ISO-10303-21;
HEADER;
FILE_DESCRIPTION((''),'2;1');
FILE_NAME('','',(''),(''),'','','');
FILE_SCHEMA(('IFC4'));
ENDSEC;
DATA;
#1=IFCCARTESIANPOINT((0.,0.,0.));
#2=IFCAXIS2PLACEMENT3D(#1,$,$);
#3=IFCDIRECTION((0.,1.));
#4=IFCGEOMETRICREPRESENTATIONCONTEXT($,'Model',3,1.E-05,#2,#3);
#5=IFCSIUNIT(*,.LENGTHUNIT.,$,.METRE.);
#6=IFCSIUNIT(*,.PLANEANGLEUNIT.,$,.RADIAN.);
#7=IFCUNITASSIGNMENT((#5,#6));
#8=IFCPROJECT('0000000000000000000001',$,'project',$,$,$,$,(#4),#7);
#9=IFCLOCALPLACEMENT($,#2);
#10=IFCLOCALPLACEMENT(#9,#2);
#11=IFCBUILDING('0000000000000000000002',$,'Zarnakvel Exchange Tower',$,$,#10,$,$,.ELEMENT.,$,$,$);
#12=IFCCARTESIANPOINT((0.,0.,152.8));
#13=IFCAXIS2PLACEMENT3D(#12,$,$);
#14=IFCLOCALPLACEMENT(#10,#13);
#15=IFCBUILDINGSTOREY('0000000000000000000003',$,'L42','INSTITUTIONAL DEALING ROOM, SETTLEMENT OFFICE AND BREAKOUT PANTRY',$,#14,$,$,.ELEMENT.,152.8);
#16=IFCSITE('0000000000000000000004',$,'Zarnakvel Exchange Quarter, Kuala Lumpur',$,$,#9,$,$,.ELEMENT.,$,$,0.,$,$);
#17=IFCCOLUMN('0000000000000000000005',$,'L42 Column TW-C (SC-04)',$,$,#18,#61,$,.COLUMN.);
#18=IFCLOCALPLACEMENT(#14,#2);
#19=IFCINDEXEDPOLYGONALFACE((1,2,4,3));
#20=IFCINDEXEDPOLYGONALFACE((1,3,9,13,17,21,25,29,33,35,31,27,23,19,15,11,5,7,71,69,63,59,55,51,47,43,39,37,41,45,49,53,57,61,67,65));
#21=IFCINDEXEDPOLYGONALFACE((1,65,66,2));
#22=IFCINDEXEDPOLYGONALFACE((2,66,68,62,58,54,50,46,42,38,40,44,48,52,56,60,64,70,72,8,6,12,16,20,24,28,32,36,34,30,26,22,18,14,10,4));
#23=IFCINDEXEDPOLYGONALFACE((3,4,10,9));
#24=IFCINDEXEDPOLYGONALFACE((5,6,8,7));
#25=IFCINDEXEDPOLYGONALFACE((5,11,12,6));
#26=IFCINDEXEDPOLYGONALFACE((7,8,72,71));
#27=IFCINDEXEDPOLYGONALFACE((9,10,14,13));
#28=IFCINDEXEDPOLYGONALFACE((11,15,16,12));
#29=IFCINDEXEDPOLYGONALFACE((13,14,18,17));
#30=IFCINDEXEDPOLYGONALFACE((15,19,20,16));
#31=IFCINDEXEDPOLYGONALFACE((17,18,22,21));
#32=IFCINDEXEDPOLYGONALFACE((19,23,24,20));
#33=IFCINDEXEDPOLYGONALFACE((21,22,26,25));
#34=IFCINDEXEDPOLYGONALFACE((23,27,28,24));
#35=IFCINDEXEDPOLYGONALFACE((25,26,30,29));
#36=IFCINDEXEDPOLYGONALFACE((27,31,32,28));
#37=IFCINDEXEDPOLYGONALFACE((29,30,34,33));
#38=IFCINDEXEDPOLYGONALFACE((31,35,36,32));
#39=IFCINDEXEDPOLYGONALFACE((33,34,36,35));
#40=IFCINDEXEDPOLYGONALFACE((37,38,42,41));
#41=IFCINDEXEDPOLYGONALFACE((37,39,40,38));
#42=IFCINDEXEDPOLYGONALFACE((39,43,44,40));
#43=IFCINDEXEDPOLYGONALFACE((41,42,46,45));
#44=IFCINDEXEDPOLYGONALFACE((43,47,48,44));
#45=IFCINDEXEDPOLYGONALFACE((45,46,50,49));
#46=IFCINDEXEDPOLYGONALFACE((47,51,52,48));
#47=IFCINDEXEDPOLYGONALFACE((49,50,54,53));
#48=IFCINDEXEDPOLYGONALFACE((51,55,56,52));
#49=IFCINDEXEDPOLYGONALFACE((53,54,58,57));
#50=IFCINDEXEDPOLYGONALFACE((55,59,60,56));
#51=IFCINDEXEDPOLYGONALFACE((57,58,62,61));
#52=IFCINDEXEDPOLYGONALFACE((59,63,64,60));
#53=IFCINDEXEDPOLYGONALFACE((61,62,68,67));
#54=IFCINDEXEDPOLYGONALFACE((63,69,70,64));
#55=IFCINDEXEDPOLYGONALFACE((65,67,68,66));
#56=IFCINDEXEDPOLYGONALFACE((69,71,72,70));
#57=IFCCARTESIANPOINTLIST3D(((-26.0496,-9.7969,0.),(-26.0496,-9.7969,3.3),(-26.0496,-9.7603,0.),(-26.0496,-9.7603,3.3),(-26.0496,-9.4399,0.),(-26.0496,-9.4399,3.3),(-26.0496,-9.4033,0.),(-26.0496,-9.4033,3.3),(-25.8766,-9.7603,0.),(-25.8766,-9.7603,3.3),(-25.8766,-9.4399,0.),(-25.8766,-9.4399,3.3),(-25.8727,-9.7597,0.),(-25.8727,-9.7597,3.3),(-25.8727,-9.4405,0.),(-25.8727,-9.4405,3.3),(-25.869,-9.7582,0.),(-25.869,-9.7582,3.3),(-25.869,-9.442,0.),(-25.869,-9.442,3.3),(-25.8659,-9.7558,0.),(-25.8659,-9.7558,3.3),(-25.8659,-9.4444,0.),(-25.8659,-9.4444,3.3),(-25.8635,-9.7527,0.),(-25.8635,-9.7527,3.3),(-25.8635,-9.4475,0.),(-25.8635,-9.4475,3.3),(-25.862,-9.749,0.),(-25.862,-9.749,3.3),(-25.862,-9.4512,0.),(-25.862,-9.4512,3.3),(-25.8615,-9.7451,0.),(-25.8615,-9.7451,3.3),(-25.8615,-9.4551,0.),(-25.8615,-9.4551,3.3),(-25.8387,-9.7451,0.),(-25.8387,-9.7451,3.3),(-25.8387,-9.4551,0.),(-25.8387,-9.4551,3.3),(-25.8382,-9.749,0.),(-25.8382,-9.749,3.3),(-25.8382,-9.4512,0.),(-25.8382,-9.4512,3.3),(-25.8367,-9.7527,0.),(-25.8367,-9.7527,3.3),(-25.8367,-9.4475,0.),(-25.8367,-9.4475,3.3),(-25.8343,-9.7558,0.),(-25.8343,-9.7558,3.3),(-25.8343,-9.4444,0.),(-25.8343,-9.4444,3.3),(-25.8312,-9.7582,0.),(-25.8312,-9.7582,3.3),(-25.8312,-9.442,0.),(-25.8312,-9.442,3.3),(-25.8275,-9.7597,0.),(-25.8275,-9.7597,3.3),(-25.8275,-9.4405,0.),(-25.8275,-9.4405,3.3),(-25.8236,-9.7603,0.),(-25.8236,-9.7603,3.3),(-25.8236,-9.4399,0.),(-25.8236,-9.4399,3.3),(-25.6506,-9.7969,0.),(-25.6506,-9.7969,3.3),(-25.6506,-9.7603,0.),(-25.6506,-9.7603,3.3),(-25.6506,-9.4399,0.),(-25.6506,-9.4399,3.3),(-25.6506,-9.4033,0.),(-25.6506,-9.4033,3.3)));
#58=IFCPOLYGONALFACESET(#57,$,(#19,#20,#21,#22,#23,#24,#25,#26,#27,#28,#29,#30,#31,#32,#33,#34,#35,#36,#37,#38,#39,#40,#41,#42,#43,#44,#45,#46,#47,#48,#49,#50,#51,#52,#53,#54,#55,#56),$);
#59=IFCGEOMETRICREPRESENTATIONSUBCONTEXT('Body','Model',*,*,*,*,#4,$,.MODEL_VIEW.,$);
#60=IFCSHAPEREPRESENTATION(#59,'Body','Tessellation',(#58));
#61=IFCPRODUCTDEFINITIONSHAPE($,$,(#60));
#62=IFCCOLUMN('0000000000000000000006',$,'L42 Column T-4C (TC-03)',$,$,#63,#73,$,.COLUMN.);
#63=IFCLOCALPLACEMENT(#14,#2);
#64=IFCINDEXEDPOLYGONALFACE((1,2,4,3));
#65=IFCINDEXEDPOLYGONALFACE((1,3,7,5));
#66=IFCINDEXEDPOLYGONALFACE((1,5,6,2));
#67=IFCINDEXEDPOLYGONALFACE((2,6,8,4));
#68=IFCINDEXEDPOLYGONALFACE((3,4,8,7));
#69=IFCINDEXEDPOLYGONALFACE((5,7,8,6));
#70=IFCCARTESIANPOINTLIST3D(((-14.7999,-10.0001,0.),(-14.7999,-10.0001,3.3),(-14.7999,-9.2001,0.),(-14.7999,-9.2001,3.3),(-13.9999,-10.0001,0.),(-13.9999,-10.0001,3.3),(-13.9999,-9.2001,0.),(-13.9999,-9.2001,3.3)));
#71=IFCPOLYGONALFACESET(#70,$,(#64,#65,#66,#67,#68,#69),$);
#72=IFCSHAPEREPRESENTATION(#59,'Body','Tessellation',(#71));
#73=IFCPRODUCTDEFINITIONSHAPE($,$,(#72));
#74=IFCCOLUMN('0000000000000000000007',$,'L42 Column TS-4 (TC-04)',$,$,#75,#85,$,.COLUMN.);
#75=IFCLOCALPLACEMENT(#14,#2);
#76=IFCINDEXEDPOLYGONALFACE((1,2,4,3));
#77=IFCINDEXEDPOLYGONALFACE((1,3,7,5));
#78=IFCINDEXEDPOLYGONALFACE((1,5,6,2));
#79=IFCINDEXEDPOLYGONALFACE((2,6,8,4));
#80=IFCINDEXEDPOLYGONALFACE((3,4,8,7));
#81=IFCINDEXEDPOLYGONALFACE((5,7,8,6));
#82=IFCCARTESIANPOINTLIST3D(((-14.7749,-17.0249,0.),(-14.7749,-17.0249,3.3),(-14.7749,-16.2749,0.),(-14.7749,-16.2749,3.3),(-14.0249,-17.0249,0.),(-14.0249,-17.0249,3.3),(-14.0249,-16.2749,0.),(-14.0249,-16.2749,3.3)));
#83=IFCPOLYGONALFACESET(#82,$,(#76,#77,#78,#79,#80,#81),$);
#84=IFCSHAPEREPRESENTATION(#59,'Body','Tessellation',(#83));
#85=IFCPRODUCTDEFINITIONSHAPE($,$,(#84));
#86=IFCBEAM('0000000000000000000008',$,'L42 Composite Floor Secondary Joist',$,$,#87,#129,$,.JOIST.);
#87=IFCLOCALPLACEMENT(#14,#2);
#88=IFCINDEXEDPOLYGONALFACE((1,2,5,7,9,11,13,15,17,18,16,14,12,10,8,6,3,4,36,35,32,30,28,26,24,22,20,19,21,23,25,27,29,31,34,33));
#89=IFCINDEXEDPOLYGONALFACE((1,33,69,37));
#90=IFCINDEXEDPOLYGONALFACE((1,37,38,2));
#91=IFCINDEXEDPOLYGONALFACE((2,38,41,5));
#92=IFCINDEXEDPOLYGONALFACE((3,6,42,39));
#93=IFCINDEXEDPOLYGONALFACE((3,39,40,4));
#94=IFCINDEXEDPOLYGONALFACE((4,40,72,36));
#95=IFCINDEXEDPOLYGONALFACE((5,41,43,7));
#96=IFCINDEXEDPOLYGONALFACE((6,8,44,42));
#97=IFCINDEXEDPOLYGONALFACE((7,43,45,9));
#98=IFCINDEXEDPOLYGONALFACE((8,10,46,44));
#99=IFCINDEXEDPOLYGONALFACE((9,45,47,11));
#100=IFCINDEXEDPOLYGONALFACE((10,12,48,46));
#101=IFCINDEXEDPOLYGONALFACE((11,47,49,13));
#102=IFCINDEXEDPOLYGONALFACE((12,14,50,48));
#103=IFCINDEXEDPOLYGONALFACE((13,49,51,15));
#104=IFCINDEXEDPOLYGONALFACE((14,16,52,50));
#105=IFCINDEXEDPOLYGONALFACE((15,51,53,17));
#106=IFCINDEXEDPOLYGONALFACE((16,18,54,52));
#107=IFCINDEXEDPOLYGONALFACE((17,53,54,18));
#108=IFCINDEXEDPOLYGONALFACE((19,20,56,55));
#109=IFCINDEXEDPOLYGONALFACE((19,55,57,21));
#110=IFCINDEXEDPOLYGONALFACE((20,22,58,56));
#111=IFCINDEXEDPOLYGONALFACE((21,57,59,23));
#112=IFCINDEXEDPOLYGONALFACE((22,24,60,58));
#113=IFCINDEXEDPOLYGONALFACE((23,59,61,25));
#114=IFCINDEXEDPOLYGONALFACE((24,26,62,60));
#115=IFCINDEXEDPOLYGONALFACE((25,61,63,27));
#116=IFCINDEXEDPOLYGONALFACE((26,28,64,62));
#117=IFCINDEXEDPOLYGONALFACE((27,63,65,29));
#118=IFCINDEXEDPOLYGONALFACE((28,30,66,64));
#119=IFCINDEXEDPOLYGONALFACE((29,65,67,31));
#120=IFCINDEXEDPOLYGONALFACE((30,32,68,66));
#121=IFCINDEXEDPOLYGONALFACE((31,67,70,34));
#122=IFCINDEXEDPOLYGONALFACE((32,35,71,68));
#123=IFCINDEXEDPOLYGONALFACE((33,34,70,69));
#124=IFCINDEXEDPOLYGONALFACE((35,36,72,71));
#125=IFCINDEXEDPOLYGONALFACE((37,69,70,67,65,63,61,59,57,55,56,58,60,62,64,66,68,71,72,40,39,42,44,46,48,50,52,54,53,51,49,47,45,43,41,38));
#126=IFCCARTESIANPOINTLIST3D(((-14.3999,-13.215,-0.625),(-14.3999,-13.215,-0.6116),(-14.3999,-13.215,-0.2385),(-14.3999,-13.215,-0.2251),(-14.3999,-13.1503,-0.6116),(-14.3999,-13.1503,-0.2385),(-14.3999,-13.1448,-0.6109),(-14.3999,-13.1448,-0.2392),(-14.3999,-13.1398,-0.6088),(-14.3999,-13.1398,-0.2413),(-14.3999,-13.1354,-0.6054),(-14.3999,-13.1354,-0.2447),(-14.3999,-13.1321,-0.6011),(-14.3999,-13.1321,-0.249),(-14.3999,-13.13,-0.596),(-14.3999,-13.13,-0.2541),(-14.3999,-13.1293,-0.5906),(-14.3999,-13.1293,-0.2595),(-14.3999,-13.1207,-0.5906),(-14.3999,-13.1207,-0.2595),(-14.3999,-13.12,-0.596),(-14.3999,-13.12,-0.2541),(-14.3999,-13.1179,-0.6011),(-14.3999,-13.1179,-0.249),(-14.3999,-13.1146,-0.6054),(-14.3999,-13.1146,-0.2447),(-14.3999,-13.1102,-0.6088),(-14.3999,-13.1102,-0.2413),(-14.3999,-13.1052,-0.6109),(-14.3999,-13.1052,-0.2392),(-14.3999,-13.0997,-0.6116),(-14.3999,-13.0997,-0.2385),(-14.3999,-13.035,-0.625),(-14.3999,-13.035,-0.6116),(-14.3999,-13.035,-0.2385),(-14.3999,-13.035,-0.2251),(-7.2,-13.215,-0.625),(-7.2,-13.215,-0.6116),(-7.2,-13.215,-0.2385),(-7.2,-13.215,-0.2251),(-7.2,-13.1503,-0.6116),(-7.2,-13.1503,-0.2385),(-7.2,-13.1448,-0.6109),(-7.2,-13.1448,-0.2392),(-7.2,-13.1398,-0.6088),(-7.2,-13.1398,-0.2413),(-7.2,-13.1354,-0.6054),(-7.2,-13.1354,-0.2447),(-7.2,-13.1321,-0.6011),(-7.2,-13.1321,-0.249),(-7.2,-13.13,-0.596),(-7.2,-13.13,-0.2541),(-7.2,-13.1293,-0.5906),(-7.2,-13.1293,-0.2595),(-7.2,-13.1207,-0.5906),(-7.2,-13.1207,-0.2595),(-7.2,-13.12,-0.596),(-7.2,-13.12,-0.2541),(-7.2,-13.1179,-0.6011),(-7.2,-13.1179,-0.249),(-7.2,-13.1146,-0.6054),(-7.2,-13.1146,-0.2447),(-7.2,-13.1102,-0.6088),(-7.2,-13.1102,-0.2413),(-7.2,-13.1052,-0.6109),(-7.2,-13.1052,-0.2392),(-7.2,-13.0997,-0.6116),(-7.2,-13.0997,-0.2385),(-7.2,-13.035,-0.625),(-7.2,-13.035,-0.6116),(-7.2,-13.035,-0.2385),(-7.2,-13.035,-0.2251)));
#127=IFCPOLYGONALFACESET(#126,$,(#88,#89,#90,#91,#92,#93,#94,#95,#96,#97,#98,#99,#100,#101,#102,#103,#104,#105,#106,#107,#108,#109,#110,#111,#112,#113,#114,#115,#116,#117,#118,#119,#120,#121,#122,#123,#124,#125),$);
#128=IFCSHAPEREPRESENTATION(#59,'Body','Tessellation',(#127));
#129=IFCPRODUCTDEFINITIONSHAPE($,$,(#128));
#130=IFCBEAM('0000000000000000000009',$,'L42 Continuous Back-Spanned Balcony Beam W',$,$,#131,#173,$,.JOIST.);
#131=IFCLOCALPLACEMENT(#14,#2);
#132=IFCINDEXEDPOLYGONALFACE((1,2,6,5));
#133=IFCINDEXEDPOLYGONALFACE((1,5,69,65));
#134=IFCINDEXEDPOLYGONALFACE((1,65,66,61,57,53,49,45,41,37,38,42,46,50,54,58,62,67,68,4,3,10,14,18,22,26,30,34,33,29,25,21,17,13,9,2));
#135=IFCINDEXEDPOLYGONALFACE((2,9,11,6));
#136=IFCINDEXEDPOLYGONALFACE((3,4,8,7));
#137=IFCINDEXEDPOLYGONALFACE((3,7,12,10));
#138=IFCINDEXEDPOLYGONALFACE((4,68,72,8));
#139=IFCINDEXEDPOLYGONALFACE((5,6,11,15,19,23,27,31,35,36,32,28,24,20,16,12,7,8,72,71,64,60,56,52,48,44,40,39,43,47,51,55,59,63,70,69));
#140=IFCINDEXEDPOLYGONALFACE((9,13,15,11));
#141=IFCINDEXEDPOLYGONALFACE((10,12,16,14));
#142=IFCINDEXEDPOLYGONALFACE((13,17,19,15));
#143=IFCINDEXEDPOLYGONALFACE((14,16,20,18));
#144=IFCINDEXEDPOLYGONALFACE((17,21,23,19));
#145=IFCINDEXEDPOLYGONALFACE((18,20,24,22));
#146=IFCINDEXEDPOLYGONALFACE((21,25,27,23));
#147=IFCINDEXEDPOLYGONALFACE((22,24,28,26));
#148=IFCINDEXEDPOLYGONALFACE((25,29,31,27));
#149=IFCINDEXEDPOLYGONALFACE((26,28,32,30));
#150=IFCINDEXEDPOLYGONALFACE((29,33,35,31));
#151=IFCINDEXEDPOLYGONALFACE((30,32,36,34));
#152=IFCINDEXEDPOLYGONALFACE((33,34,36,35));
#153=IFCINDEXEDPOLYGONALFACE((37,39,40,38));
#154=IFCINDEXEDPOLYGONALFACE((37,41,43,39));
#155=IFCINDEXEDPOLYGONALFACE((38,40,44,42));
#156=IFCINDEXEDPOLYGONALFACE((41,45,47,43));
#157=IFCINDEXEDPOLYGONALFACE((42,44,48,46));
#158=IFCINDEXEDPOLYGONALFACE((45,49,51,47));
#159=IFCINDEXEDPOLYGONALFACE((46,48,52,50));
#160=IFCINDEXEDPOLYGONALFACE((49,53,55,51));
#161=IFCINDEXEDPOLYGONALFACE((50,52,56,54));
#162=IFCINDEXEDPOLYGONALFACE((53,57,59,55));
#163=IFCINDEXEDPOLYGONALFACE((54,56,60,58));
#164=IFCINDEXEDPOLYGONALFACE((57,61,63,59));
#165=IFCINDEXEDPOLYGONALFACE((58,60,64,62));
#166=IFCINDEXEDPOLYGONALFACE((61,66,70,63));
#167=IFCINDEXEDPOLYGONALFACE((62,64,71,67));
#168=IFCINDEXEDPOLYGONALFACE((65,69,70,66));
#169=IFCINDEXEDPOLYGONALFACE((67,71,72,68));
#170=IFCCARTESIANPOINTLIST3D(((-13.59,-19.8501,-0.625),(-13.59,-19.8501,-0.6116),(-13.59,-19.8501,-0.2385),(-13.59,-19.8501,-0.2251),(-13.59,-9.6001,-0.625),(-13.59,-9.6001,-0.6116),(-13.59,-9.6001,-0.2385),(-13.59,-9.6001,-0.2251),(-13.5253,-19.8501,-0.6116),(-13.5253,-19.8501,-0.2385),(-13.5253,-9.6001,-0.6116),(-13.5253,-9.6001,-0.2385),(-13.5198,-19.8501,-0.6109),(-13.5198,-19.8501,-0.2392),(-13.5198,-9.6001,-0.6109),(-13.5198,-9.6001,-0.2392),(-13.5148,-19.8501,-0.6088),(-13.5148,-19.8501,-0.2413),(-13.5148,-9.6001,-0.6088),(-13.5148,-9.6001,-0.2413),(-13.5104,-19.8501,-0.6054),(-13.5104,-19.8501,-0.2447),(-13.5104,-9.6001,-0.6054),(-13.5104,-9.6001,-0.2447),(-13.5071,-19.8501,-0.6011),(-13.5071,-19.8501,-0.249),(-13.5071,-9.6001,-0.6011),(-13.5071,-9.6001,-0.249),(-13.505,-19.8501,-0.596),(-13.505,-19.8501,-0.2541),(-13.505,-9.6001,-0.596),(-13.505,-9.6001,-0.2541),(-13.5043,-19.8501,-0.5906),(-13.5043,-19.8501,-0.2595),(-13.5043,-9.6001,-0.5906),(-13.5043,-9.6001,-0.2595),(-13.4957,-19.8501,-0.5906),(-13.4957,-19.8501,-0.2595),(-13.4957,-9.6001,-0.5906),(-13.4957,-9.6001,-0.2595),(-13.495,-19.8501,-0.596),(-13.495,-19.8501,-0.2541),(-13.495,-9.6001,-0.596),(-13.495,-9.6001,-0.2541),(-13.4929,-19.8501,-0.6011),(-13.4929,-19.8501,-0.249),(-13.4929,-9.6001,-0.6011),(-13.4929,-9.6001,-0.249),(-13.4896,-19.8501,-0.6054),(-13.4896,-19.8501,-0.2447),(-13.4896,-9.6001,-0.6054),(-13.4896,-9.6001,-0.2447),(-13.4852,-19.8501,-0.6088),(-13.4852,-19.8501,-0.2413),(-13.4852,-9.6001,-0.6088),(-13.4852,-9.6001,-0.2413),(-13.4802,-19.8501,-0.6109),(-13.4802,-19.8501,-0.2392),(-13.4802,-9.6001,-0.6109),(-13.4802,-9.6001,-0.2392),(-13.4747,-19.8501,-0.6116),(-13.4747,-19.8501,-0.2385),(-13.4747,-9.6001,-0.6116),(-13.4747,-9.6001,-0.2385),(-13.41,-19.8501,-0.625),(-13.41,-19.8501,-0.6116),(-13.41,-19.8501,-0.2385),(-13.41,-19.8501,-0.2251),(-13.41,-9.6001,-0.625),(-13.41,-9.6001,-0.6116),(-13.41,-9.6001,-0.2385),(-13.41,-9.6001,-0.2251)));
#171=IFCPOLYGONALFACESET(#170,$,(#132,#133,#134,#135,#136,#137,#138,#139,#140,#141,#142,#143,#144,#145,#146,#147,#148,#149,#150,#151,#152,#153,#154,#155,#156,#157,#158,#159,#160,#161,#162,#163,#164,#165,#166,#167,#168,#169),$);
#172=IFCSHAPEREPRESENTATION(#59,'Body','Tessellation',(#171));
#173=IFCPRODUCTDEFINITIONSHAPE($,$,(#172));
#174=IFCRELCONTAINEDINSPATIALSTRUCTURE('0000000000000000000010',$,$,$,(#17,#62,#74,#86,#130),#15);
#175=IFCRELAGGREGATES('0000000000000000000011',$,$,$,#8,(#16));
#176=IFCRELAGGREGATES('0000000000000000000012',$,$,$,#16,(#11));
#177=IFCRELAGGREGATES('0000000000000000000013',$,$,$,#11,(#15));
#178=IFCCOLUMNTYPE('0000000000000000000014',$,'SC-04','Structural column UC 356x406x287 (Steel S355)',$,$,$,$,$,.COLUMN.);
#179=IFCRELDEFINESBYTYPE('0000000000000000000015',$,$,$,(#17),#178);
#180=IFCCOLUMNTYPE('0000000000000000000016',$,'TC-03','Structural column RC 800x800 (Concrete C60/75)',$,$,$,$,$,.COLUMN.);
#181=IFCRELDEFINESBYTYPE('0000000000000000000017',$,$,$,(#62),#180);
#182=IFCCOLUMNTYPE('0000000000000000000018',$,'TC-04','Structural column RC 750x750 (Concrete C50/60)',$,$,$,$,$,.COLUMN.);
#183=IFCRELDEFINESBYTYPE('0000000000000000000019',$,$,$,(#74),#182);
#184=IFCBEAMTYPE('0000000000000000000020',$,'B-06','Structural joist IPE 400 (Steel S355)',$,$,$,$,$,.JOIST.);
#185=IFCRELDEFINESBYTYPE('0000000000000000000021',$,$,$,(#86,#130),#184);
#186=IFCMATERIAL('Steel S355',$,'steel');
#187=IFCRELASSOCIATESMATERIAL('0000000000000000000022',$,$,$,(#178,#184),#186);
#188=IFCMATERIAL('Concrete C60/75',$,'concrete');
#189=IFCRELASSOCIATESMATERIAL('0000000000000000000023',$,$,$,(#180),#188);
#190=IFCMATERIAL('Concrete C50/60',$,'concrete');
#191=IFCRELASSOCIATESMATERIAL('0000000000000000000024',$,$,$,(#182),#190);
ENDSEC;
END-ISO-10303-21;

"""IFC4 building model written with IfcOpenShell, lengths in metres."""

from ifc_helpers import new_model, si_unit, direction, frame, origin, origin_2d, place, context, subcontext, project, spatial, rectangle, i_section, extrude, material, material_profile, profile_set, type_object, element, save


model = new_model("IFC4")

# Units and contexts
model_context = context("Model", 3, precision=1e-05, world=origin(), true_north=direction((0.0, 1.0)))
body_context = subcontext(model_context, "Body", "Model", "MODEL_VIEW")
ifc_project = project(units=[si_unit("LENGTHUNIT", "METRE"), si_unit("PLANEANGLEUNIT", "RADIAN")], contexts=[model_context])

# Site, building, storey
site_placement = place(None, origin())
site = spatial("IfcSite", under=ifc_project, at=site_placement, Name="Zarnakvel Exchange Quarter, Kuala Lumpur", CompositionType="ELEMENT", RefElevation=0.0)
building_placement = place(site_placement, origin())
building = spatial("IfcBuilding", under=site, at=building_placement, Name="Zarnakvel Exchange Tower", CompositionType="ELEMENT")
storey_placement = place(building_placement, frame((0.0, 0.0, 152.8)))
storey = spatial("IfcBuildingStorey", under=building, at=storey_placement, Name="L42", Description="INSTITUTIONAL DEALING ROOM, SETTLEMENT OFFICE AND BREAKOUT PANTRY", CompositionType="ELEMENT", Elevation=152.8)

# Columns
ifc_material_1 = material(Name="Steel S355", Category="steel")
ifc_material_profile_1 = material_profile(ifc_material_1, i_section(OverallWidth=0.3989, OverallDepth=0.3936, WebThickness=0.0227, FlangeThickness=0.0366, FilletRadius=0.0151, at=origin_2d()))
ifc_profile_set_1 = profile_set([ifc_material_profile_1], Name="Steel S355")
column_type_1 = type_object("IfcColumnType", Name="SC-04", Description="Structural column UC 356x406x287 (Steel S355)", PredefinedType="COLUMN", material=ifc_profile_set_1)
column_1_placement = place(storey_placement, frame((-25.8501, -9.6001, 0.0), z_axis=(0.0, 0.0, 1.0), x_axis=(1.0, 0.0, 0.0)))
element("IfcColumn", 1, at=column_1_placement, inside=storey, type_object=column_type_1, Name="L42 Column TW-C (SC-04)", PredefinedType="COLUMN", context=body_context, shape_type="SweptSolid", body=[
    extrude(i_section(OverallWidth=0.3989, OverallDepth=0.3936, WebThickness=0.0227, FlangeThickness=0.0366, FilletRadius=0.0151, at=origin_2d()), origin(), (0.0, 0.0, 1.0), 3.3),
])
ifc_material_2 = material(Name="Concrete C60/75", Category="concrete")
ifc_material_profile_2 = material_profile(ifc_material_2, rectangle(XDim=0.8, YDim=0.8, at=origin_2d()))
ifc_profile_set_2 = profile_set([ifc_material_profile_2], Name="Concrete C60/75")
column_type_2 = type_object("IfcColumnType", Name="TC-03", Description="Structural column RC 800x800 (Concrete C60/75)", PredefinedType="COLUMN", material=ifc_profile_set_2)
column_2_placement = place(storey_placement, frame((-14.3999, -9.6001, 0.0), z_axis=(0.0, 0.0, 1.0), x_axis=(1.0, 0.0, 0.0)))
element("IfcColumn", 2, at=column_2_placement, inside=storey, type_object=column_type_2, Name="L42 Column T-4C (TC-03)", PredefinedType="COLUMN", context=body_context, shape_type="SweptSolid", body=[
    extrude(rectangle(XDim=0.8, YDim=0.8, at=origin_2d()), origin(), (0.0, 0.0, 1.0), 3.3),
])
ifc_material_3 = material(Name="Concrete C50/60", Category="concrete")
ifc_material_profile_3 = material_profile(ifc_material_3, rectangle(XDim=0.75, YDim=0.75, at=origin_2d()))
ifc_profile_set_3 = profile_set([ifc_material_profile_3], Name="Concrete C50/60")
column_type_3 = type_object("IfcColumnType", Name="TC-04", Description="Structural column RC 750x750 (Concrete C50/60)", PredefinedType="COLUMN", material=ifc_profile_set_3)
column_3_placement = place(storey_placement, frame((-14.3999, -16.6499, 0.0), z_axis=(0.0, 0.0, 1.0), x_axis=(1.0, 0.0, 0.0)))
element("IfcColumn", 3, at=column_3_placement, inside=storey, type_object=column_type_3, Name="L42 Column TS-4 (TC-04)", PredefinedType="COLUMN", context=body_context, shape_type="SweptSolid", body=[
    extrude(rectangle(XDim=0.75, YDim=0.75, at=origin_2d()), origin(), (0.0, 0.0, 1.0), 3.3),
])

# Beams
ifc_material_profile_4 = material_profile(ifc_material_1, i_section(OverallWidth=0.1799, OverallDepth=0.3999, WebThickness=0.0085, FlangeThickness=0.0134, FilletRadius=0.021, at=origin_2d()))
ifc_profile_set_4 = profile_set([ifc_material_profile_4], Name="Steel S355")
beam_type_1 = type_object("IfcBeamType", Name="B-06", Description="Structural joist IPE 400 (Steel S355)", PredefinedType="JOIST", material=ifc_profile_set_4)
beam_1_placement = place(storey_placement, frame((-14.3999, -13.125, -0.425), z_axis=(1.0, 0.0, 0.0), x_axis=(0.0, 1.0, 0.0)))
element("IfcBeam", 4, at=beam_1_placement, inside=storey, type_object=beam_type_1, Name="L42 Composite Floor Secondary Joist", PredefinedType="JOIST", context=body_context, shape_type="SweptSolid", body=[
    extrude(i_section(OverallWidth=0.1799, OverallDepth=0.3999, WebThickness=0.0085, FlangeThickness=0.0134, FilletRadius=0.021, at=origin_2d()), origin(), (0.0, 0.0, 1.0), 7.2),
])
beam_2_placement = place(storey_placement, frame((-13.5, -9.6001, -0.425), z_axis=(0.0, -1.0, 0.0), x_axis=(1.0, 0.0, 0.0)))
element("IfcBeam", 5, at=beam_2_placement, inside=storey, type_object=beam_type_1, Name="L42 Continuous Back-Spanned Balcony Beam W", PredefinedType="JOIST", context=body_context, shape_type="SweptSolid", body=[
    extrude(i_section(OverallWidth=0.1799, OverallDepth=0.3999, WebThickness=0.0085, FlangeThickness=0.0134, FilletRadius=0.021, at=origin_2d()), origin(), (0.0, 0.0, 1.0), 10.25),
])

save(model, "model.ifc")
